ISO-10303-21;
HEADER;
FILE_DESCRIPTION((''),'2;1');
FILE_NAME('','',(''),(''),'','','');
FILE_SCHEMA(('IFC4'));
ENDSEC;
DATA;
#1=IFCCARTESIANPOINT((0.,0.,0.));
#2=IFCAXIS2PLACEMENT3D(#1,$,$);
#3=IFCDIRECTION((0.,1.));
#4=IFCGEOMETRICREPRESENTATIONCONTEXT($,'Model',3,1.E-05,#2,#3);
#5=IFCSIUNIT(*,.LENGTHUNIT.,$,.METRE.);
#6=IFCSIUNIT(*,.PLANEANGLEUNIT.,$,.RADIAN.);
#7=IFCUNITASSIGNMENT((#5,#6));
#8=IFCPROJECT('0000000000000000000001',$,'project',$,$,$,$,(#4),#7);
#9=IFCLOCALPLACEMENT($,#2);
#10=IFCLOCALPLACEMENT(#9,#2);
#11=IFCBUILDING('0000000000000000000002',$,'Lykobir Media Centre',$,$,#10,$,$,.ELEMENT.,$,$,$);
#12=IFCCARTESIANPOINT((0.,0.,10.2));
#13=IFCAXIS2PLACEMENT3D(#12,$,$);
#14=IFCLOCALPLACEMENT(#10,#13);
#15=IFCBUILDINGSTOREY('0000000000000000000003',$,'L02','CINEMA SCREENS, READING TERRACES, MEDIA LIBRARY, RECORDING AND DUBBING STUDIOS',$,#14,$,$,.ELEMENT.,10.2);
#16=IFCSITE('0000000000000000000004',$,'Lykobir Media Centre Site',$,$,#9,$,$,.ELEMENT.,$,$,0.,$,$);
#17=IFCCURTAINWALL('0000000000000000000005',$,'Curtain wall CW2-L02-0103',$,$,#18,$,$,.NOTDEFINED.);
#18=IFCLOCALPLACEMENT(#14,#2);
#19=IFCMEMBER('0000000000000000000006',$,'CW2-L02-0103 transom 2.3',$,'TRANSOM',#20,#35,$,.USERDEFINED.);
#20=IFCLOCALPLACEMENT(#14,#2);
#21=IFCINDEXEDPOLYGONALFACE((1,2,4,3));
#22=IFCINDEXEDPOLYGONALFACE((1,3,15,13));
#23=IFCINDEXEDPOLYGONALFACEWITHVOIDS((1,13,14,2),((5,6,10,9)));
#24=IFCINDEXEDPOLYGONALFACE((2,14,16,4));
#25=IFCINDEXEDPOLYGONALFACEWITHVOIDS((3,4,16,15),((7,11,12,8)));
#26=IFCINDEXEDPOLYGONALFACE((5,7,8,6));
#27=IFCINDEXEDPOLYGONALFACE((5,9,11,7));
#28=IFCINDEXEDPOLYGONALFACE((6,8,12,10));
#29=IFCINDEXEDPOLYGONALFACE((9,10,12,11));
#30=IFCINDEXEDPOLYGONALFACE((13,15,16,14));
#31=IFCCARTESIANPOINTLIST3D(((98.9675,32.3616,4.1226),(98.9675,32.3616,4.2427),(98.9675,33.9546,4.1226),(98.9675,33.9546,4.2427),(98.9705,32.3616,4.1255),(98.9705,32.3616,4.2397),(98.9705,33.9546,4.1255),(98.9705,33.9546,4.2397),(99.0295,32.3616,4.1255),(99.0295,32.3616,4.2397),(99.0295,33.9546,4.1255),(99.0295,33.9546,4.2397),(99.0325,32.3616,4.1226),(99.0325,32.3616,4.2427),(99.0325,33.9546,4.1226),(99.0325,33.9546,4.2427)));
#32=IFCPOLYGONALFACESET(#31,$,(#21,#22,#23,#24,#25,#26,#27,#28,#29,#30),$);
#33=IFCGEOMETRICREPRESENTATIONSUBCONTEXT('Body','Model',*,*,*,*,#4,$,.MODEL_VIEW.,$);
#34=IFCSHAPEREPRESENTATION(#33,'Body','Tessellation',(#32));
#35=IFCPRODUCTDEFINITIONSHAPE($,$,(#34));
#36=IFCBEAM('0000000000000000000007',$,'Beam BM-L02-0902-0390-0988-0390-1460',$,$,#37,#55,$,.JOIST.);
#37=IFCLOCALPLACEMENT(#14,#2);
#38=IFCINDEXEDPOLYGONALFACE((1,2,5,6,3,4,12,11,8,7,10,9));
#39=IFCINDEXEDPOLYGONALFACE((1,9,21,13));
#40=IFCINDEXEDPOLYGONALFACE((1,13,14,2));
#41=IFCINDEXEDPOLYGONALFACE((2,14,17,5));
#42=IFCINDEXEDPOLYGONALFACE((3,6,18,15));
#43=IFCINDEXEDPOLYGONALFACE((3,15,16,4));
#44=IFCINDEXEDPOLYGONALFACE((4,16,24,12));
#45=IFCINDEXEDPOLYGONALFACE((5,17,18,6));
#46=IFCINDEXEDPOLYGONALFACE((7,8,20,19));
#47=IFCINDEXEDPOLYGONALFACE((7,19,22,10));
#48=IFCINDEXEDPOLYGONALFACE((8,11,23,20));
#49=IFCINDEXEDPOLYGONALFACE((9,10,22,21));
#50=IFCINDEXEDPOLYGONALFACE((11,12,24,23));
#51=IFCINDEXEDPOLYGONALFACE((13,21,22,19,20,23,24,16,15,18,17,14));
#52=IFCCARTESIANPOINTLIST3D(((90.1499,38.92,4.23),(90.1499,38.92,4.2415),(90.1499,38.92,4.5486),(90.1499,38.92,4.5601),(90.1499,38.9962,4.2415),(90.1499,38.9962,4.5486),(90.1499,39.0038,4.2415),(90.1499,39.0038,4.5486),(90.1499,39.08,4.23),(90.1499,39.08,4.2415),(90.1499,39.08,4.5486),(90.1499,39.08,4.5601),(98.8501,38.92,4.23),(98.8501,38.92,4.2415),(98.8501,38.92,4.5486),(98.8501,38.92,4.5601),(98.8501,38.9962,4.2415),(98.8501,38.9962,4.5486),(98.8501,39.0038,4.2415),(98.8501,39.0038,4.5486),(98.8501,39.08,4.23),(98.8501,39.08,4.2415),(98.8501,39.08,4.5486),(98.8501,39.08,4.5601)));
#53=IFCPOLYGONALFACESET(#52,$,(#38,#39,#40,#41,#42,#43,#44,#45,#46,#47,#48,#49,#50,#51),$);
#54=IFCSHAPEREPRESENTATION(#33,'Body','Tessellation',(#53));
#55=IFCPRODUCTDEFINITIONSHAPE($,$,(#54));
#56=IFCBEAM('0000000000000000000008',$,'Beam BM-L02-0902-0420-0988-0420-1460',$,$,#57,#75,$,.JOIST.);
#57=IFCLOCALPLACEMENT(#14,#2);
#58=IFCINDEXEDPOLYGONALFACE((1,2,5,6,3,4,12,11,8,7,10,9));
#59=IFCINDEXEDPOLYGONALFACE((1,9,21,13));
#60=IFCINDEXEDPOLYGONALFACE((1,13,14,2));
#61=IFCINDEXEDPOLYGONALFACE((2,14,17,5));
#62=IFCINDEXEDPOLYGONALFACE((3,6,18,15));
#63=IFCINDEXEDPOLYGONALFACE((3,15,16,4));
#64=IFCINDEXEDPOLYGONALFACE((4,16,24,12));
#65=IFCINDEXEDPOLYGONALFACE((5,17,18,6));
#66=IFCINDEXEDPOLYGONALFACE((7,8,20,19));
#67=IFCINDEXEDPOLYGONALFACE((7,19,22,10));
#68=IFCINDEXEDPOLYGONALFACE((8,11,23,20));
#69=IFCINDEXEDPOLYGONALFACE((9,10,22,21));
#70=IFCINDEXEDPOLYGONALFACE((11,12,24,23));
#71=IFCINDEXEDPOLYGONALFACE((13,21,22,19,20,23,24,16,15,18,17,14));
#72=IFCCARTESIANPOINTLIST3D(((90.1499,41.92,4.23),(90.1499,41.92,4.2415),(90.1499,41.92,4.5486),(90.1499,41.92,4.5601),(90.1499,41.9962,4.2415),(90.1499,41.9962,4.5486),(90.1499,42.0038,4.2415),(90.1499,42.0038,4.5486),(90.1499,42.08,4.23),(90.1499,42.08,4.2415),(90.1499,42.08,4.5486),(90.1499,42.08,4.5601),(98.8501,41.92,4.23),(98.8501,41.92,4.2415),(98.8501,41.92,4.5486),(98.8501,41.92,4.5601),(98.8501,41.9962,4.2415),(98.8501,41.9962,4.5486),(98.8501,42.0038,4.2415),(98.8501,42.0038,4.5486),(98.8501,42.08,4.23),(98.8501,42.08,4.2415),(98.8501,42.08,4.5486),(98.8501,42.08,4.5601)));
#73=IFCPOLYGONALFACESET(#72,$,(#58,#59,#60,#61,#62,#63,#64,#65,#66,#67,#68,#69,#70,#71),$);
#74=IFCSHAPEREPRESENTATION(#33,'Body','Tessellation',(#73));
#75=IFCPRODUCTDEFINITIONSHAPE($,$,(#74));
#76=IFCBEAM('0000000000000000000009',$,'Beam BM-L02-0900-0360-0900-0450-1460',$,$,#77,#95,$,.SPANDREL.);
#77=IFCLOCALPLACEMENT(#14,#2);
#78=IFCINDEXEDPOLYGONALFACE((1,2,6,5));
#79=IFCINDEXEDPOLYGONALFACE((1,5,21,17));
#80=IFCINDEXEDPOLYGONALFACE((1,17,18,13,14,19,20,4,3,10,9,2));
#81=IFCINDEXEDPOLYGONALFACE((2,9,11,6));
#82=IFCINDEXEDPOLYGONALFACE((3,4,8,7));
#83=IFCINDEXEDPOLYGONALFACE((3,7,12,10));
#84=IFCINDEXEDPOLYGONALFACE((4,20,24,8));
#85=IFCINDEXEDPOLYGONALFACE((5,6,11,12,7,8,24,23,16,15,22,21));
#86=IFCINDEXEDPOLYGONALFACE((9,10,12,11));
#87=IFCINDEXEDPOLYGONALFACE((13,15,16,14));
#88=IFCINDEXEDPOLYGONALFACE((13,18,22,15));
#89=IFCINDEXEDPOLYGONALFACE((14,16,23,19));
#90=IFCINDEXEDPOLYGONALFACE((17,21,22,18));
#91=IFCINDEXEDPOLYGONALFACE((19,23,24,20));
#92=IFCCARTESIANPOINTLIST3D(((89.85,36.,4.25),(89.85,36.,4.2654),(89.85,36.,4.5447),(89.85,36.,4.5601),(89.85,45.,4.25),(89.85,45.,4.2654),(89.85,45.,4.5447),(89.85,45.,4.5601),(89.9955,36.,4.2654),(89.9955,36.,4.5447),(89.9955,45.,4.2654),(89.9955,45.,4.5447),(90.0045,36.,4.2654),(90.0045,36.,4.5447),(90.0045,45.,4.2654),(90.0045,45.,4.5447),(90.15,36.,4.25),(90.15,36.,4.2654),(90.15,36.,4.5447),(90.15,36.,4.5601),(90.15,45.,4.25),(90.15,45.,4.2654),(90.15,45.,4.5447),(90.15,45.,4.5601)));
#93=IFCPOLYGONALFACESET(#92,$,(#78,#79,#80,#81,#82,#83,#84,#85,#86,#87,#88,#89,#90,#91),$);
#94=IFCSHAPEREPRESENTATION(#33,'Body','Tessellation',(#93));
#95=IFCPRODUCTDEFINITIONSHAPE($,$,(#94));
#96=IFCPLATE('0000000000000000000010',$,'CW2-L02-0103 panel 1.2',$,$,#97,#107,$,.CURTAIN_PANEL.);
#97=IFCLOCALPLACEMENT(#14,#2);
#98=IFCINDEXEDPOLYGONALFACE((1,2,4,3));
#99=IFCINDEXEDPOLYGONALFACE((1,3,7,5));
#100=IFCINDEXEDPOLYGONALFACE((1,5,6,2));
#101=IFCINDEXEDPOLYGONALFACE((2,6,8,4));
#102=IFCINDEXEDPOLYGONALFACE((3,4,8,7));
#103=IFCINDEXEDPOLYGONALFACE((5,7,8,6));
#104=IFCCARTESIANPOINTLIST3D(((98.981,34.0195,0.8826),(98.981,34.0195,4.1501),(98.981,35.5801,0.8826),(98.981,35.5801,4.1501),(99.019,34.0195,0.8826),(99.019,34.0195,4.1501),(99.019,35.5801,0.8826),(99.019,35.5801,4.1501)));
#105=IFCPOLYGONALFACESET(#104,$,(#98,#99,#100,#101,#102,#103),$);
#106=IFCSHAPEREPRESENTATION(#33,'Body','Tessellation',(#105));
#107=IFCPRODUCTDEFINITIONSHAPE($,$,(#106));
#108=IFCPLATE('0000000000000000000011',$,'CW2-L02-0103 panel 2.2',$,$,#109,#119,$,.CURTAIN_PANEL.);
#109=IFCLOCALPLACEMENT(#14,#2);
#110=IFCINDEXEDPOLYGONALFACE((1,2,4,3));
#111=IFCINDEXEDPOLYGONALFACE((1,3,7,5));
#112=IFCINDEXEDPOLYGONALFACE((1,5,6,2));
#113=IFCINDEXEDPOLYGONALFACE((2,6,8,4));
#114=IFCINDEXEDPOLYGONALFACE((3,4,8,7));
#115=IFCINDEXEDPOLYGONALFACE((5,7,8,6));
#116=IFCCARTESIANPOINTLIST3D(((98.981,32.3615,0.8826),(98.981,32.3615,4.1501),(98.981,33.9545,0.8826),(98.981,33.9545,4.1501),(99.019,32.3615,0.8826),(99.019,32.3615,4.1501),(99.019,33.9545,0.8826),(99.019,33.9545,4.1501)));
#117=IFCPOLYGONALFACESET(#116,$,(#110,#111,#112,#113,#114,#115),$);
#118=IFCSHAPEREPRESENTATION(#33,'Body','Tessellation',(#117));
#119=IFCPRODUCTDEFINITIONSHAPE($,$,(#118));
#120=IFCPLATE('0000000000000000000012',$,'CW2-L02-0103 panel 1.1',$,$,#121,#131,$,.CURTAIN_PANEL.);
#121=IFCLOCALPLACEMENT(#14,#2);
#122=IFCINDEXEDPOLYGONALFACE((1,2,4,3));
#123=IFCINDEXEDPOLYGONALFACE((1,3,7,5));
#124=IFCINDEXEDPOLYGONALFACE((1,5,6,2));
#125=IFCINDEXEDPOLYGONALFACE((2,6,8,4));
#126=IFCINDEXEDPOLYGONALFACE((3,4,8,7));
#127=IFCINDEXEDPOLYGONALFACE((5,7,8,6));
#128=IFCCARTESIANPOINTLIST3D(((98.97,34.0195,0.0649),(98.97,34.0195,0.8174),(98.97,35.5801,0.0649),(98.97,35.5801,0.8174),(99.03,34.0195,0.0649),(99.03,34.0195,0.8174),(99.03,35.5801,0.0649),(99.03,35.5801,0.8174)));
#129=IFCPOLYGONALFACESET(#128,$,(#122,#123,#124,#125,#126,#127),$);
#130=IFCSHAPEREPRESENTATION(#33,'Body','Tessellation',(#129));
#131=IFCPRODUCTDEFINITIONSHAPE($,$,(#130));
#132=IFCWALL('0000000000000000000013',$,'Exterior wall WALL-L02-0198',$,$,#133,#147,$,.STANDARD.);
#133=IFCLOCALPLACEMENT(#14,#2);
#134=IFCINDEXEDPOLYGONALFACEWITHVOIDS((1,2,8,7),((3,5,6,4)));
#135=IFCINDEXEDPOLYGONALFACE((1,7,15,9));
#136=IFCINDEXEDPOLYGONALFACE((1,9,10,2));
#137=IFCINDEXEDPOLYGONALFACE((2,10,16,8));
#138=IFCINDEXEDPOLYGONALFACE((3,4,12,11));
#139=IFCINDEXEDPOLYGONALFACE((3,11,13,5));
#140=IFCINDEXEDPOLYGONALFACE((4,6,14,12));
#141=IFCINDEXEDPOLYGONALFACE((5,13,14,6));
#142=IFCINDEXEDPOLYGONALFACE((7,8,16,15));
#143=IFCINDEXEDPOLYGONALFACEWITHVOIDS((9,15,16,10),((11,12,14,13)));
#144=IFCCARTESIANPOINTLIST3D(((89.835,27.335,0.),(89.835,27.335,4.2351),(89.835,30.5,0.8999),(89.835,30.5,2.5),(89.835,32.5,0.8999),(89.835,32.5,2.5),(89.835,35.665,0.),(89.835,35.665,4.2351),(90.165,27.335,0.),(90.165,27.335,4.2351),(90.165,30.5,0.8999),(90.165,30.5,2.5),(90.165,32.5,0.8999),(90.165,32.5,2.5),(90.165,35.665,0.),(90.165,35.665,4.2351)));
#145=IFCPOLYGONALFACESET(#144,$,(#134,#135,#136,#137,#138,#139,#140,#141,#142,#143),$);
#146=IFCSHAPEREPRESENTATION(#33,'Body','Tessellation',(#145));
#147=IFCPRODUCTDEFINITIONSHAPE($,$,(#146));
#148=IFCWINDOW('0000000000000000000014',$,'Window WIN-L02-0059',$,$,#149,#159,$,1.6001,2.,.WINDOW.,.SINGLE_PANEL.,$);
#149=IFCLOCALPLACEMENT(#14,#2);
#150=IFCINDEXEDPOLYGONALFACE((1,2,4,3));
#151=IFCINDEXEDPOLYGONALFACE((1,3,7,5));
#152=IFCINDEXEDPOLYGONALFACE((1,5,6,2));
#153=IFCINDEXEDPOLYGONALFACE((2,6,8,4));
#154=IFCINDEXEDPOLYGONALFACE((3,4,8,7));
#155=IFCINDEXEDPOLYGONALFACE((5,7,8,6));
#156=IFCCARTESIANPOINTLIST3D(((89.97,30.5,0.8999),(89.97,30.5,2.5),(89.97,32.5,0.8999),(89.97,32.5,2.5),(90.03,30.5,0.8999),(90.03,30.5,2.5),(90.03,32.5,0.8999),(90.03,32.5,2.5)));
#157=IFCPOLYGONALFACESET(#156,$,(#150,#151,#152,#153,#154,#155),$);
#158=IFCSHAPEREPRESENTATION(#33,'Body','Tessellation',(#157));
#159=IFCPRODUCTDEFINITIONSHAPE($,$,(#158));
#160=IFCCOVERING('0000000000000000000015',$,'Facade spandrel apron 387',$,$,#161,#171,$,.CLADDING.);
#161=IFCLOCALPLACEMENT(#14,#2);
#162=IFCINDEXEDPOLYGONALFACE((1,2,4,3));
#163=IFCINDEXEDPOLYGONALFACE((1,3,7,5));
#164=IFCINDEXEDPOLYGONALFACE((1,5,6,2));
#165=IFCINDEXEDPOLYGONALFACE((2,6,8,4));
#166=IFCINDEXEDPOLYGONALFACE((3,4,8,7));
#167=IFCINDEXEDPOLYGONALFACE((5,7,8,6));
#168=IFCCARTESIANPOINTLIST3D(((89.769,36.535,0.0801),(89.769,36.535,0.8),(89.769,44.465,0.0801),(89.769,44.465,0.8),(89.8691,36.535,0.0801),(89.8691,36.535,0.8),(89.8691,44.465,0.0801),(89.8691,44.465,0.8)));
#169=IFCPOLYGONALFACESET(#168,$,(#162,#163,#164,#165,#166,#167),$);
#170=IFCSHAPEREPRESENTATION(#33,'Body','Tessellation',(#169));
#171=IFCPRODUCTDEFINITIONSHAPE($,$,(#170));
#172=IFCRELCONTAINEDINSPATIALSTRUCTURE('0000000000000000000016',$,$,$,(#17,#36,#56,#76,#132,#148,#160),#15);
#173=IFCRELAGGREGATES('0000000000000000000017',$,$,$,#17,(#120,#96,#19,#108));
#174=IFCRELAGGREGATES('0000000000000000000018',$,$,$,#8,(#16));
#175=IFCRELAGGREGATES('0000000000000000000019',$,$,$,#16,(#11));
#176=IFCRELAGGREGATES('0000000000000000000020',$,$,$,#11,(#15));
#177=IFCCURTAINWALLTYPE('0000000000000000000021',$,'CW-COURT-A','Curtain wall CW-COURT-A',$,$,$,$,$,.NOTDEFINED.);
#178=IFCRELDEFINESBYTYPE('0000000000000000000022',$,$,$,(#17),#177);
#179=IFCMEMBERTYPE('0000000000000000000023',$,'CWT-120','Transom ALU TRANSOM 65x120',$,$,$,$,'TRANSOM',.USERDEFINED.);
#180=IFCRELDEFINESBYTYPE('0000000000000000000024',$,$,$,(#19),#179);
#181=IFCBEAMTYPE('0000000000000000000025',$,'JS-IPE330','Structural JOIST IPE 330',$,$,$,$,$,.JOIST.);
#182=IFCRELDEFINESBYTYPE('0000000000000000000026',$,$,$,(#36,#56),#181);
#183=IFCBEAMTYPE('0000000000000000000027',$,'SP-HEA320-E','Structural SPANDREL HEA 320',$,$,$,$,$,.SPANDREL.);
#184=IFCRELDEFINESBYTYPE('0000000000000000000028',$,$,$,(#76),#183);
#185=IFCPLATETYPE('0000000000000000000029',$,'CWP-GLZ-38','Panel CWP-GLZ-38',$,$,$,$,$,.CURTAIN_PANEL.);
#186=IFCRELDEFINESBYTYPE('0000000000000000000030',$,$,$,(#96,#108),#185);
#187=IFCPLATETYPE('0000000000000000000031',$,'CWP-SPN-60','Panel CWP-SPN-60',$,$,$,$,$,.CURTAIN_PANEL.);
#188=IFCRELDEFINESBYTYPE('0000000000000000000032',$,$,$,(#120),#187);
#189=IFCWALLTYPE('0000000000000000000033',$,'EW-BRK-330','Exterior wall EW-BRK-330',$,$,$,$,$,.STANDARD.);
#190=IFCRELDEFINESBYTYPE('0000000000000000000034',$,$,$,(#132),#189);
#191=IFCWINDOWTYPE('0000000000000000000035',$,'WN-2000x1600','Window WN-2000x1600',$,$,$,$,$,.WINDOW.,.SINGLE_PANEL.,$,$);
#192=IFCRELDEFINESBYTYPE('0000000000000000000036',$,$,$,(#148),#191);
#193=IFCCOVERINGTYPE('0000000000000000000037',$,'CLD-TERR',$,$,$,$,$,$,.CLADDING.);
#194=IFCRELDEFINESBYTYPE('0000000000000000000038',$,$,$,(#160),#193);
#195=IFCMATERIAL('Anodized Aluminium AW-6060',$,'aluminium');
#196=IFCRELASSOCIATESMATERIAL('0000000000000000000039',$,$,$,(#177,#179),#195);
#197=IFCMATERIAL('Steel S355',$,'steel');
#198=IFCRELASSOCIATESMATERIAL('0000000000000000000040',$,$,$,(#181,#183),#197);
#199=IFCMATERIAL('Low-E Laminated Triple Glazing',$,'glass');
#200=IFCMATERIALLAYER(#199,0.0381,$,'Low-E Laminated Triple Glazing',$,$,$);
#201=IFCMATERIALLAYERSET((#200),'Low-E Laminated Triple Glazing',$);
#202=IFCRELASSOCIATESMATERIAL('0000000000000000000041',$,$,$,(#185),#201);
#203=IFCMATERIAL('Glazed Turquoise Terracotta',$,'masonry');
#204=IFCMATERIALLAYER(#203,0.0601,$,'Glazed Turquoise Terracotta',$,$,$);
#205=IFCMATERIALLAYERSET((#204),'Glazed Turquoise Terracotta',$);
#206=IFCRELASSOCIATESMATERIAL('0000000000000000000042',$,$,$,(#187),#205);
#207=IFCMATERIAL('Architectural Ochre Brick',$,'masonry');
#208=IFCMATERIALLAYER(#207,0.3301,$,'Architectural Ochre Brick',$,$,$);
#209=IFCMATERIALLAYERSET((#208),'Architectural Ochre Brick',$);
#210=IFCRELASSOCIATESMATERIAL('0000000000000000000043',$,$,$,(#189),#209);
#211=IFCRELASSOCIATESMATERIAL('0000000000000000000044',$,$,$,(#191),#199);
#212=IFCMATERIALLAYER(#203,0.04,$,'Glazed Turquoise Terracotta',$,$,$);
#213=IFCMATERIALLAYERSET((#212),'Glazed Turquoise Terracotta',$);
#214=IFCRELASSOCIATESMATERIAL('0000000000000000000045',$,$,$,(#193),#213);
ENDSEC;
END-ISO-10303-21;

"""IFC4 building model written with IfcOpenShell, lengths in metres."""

from ifc_helpers import new_model, si_unit, direction, frame, frame_2d, origin, origin_2d, place, context, subcontext, project, spatial, rectangle, hollow_rectangle, i_section, extrude, material, layer, layer_set, material_profile, profile_set, type_object, element, fill, aggregate, save


model = new_model("IFC4")

# Units and contexts
model_context = context("Model", 3, precision=1e-05, world=origin(), true_north=direction((0.0, 1.0)))
body_context = subcontext(model_context, "Body", "Model", "MODEL_VIEW")
ifc_project = project(units=[si_unit("LENGTHUNIT", "METRE"), si_unit("PLANEANGLEUNIT", "RADIAN")], contexts=[model_context])

# Site, building, storey
site_placement = place(None, origin())
site = spatial("IfcSite", under=ifc_project, at=site_placement, Name="Lykobir Media Centre Site", CompositionType="ELEMENT", RefElevation=0.0)
building_placement = place(site_placement, origin())
building = spatial("IfcBuilding", under=site, at=building_placement, Name="Lykobir Media Centre", CompositionType="ELEMENT")
storey_placement = place(building_placement, frame((0.0, 0.0, 10.2)))
storey = spatial("IfcBuildingStorey", under=building, at=storey_placement, Name="L02", Description="CINEMA SCREENS, READING TERRACES, MEDIA LIBRARY, RECORDING AND DUBBING STUDIOS", CompositionType="ELEMENT", Elevation=10.2)

# Shared definitions
ifc_material_1 = material(Name="Steel S355", Category="steel")

# Curtain wall, member
ifc_material_2 = material(Name="Anodized Aluminium AW-6060", Category="aluminium")
curtain_wall_type = type_object("IfcCurtainWallType", Name="CW-COURT-A", Description="Curtain wall CW-COURT-A", PredefinedType="NOTDEFINED", material=ifc_material_2)
curtain_wall_placement = place(storey_placement, origin())
curtain_wall = element("IfcCurtainWall", 1, at=curtain_wall_placement, inside=storey, type_object=curtain_wall_type, Name="Curtain wall CW2-L02-0103", PredefinedType="NOTDEFINED")
ifc_material_profile_1 = material_profile(ifc_material_2, hollow_rectangle(XDim=0.0649, YDim=0.1201, WallThickness=0.0029, at=origin_2d()), Name="ALU TRANSOM 65x120")
ifc_profile_set_1 = profile_set([ifc_material_profile_1], Name="Anodized Aluminium AW-6060")
member_type_1 = type_object("IfcMemberType", Name="CWT-120", Description="Transom ALU TRANSOM 65x120", ElementType="TRANSOM", PredefinedType="USERDEFINED", material=ifc_profile_set_1)
member_1_placement = place(storey_placement, frame((99.0, 33.9546, 4.1826), z_axis=(0.0, -1.0, 0.0), x_axis=(1.0, 0.0, 0.0)))
member_1 = element("IfcMember", 2, at=member_1_placement, type_object=member_type_1, Name="CW2-L02-0103 transom 2.3", ObjectType="TRANSOM", PredefinedType="USERDEFINED", context=body_context, shape_type="SweptSolid", body=[
    extrude(hollow_rectangle(XDim=0.0649, YDim=0.1201, WallThickness=0.0029, at=origin_2d()), origin(), (0.0, 0.0, 1.0), 1.593),
])

# Beams
ifc_material_profile_2 = material_profile(ifc_material_1, i_section(OverallWidth=0.1599, OverallDepth=0.3301, WebThickness=0.0076, FlangeThickness=0.0115, at=origin_2d()), Name="IPE 330")
ifc_profile_set_2 = profile_set([ifc_material_profile_2], Name="Steel S355")
beam_type_1 = type_object("IfcBeamType", Name="JS-IPE330", Description="Structural JOIST IPE 330", PredefinedType="JOIST", material=ifc_profile_set_2)
for number, where, z_axis, x_axis, name in (
    (3, (90.1499, 39.0, 4.395), (1.0, 0.0, 0.0), (0.0, 1.0, 0.0), "Beam BM-L02-0902-0390-0988-0390-1460"),
    (4, (90.1499, 42.0, 4.395), (1.0, 0.0, 0.0), (0.0, 1.0, 0.0), "Beam BM-L02-0902-0420-0988-0420-1460"),
):
    element("IfcBeam", number, at=place(storey_placement, frame(where, z_axis=z_axis, x_axis=x_axis)), inside=storey, type_object=beam_type_1, Name=name, PredefinedType="JOIST", context=body_context, shape_type="SweptSolid", body=[
        extrude(i_section(OverallWidth=0.1599, OverallDepth=0.3301, WebThickness=0.0076, FlangeThickness=0.0115, at=origin_2d()), origin(), (0.0, 0.0, 1.0), 8.7002),
    ])
ifc_material_profile_3 = material_profile(ifc_material_1, i_section(OverallWidth=0.3, OverallDepth=0.3101, WebThickness=0.009, FlangeThickness=0.0154, at=origin_2d()), Name="HEA 320")
ifc_profile_set_3 = profile_set([ifc_material_profile_3], Name="Steel S355")
beam_type_2 = type_object("IfcBeamType", Name="SP-HEA320-E", Description="Structural SPANDREL HEA 320", PredefinedType="SPANDREL", material=ifc_profile_set_3)
beam_1_placement = place(storey_placement, frame((90.0, 36.0, 4.405), z_axis=(0.0, 1.0, 0.0), x_axis=(-1.0, 0.0, 0.0)))
element("IfcBeam", 5, at=beam_1_placement, inside=storey, type_object=beam_type_2, Name="Beam BM-L02-0900-0360-0900-0450-1460", PredefinedType="SPANDREL", context=body_context, shape_type="SweptSolid", body=[
    extrude(i_section(OverallWidth=0.3, OverallDepth=0.3101, WebThickness=0.009, FlangeThickness=0.0154, at=origin_2d()), origin(), (0.0, 0.0, 1.0), 9.0),
])

# Plates
ifc_material_3 = material(Name="Low-E Laminated Triple Glazing", Category="glass")
ifc_layer_1 = layer(ifc_material_3, 0.0381, Name="Low-E Laminated Triple Glazing")
ifc_layer_set_1 = layer_set([ifc_layer_1], Name="Low-E Laminated Triple Glazing")
plate_type_1 = type_object("IfcPlateType", Name="CWP-GLZ-38", Description="Panel CWP-GLZ-38", PredefinedType="CURTAIN_PANEL", material=ifc_layer_set_1)
plate_1_placement = place(storey_placement, frame((99.0, 34.7998, 0.8826), z_axis=(0.0, 0.0, 1.0), x_axis=(0.0, -1.0, 0.0)))
plate_1 = element("IfcPlate", 6, at=plate_1_placement, type_object=plate_type_1, Name="CW2-L02-0103 panel 1.2", PredefinedType="CURTAIN_PANEL", context=body_context, shape_type="SweptSolid", body=[
    extrude(rectangle(XDim=1.5605, YDim=0.0381, at=origin_2d()), origin(), (0.0, 0.0, 1.0), 3.2676),
])
plate_2_placement = place(storey_placement, frame((99.0, 33.158, 0.8826), z_axis=(0.0, 0.0, 1.0), x_axis=(0.0, -1.0, 0.0)))
plate_2 = element("IfcPlate", 7, at=plate_2_placement, type_object=plate_type_1, Name="CW2-L02-0103 panel 2.2", PredefinedType="CURTAIN_PANEL", context=body_context, shape_type="SweptSolid", body=[
    extrude(rectangle(XDim=1.593, YDim=0.0381, at=origin_2d()), origin(), (0.0, 0.0, 1.0), 3.2676),
])
ifc_material_4 = material(Name="Glazed Turquoise Terracotta", Category="masonry")
ifc_layer_2 = layer(ifc_material_4, 0.0601, Name="Glazed Turquoise Terracotta")
ifc_layer_set_2 = layer_set([ifc_layer_2], Name="Glazed Turquoise Terracotta")
plate_type_2 = type_object("IfcPlateType", Name="CWP-SPN-60", Description="Panel CWP-SPN-60", PredefinedType="CURTAIN_PANEL", material=ifc_layer_set_2)
plate_3_placement = place(storey_placement, frame((99.0, 34.7998, 0.0649), z_axis=(0.0, 0.0, 1.0), x_axis=(0.0, -1.0, 0.0)))
plate_3 = element("IfcPlate", 8, at=plate_3_placement, type_object=plate_type_2, Name="CW2-L02-0103 panel 1.1", PredefinedType="CURTAIN_PANEL", context=body_context, shape_type="SweptSolid", body=[
    extrude(rectangle(XDim=1.5605, YDim=0.0601, at=origin_2d()), origin(), (0.0, 0.0, 1.0), 0.7524),
])
aggregate(curtain_wall, [plate_3, plate_1, member_1, plate_2])

# Wall, opening, window
ifc_material_5 = material(Name="Architectural Ochre Brick", Category="masonry")
ifc_layer_3 = layer(ifc_material_5, 0.3301, Name="Architectural Ochre Brick")
ifc_layer_set_3 = layer_set([ifc_layer_3], Name="Architectural Ochre Brick")
wall_type = type_object("IfcWallType", Name="EW-BRK-330", Description="Exterior wall EW-BRK-330", PredefinedType="STANDARD", material=ifc_layer_set_3)
wall_placement = place(storey_placement, frame((90.0, 35.665, 0.0), z_axis=(0.0, 0.0, 1.0), x_axis=(0.0, -1.0, 0.0)))
wall = element("IfcWall", 9, at=wall_placement, inside=storey, type_object=wall_type, Name="Exterior wall WALL-L02-0198", PredefinedType="STANDARD", context=body_context, shape_type="SweptSolid", body=[
    extrude(rectangle(XDim=8.3301, YDim=0.3301, at=frame_2d((4.165, 0.0))), origin(), (0.0, 0.0, 1.0), 4.2351),
])
opening_placement = place(wall_placement, frame((3.165, 0.0, 0.8999)))
opening = element("IfcOpeningElement", 10, at=opening_placement, cuts=wall, PredefinedType="OPENING", context=body_context, shape_type="SweptSolid", body=[
    extrude(rectangle(XDim=2.0, YDim=1.6001, at=frame_2d((1.0, 0.8))), frame((0.0, 0.175, 0.0), z_axis=(0.0, -1.0, 0.0), x_axis=(1.0, 0.0, 0.0)), (0.0, 0.0, 1.0), 0.3501),
])
window_type = type_object("IfcWindowType", Name="WN-2000x1600", Description="Window WN-2000x1600", PartitioningType="SINGLE_PANEL", PredefinedType="WINDOW", material=ifc_material_3)
window_placement = place(opening_placement, origin())
window = element("IfcWindow", 11, at=window_placement, inside=storey, type_object=window_type, Name="Window WIN-L02-0059", OverallHeight=1.6001, OverallWidth=2.0, PartitioningType="SINGLE_PANEL", PredefinedType="WINDOW", context=body_context, shape_type="SweptSolid", body=[
    extrude(rectangle(XDim=2.0, YDim=1.6001, at=frame_2d((1.0, 0.8))), frame((0.0, 0.03, 0.0), z_axis=(0.0, -1.0, 0.0), x_axis=(1.0, 0.0, 0.0)), (0.0, 0.0, 1.0), 0.0601),
])
fill(opening, window)

# Covering
ifc_layer_4 = layer(ifc_material_4, 0.04, Name="Glazed Turquoise Terracotta")
ifc_layer_set_4 = layer_set([ifc_layer_4], Name="Glazed Turquoise Terracotta")
covering_type_1 = type_object("IfcCoveringType", Name="CLD-TERR", PredefinedType="CLADDING", material=ifc_layer_set_4)
covering_1_placement = place(storey_placement, frame((89.8191, 40.5, 0.0801), z_axis=(0.0, 0.0, 1.0), x_axis=(0.0, -1.0, 0.0)))
element("IfcCovering", 12, at=covering_1_placement, inside=storey, type_object=covering_type_1, Name="Facade spandrel apron 387", PredefinedType="CLADDING", context=body_context, shape_type="SweptSolid", body=[
    extrude(rectangle(XDim=7.9299, YDim=0.1001, at=origin_2d()), origin(), (0.0, 0.0, 1.0), 0.72),
])

save(model, "model.ifc")
